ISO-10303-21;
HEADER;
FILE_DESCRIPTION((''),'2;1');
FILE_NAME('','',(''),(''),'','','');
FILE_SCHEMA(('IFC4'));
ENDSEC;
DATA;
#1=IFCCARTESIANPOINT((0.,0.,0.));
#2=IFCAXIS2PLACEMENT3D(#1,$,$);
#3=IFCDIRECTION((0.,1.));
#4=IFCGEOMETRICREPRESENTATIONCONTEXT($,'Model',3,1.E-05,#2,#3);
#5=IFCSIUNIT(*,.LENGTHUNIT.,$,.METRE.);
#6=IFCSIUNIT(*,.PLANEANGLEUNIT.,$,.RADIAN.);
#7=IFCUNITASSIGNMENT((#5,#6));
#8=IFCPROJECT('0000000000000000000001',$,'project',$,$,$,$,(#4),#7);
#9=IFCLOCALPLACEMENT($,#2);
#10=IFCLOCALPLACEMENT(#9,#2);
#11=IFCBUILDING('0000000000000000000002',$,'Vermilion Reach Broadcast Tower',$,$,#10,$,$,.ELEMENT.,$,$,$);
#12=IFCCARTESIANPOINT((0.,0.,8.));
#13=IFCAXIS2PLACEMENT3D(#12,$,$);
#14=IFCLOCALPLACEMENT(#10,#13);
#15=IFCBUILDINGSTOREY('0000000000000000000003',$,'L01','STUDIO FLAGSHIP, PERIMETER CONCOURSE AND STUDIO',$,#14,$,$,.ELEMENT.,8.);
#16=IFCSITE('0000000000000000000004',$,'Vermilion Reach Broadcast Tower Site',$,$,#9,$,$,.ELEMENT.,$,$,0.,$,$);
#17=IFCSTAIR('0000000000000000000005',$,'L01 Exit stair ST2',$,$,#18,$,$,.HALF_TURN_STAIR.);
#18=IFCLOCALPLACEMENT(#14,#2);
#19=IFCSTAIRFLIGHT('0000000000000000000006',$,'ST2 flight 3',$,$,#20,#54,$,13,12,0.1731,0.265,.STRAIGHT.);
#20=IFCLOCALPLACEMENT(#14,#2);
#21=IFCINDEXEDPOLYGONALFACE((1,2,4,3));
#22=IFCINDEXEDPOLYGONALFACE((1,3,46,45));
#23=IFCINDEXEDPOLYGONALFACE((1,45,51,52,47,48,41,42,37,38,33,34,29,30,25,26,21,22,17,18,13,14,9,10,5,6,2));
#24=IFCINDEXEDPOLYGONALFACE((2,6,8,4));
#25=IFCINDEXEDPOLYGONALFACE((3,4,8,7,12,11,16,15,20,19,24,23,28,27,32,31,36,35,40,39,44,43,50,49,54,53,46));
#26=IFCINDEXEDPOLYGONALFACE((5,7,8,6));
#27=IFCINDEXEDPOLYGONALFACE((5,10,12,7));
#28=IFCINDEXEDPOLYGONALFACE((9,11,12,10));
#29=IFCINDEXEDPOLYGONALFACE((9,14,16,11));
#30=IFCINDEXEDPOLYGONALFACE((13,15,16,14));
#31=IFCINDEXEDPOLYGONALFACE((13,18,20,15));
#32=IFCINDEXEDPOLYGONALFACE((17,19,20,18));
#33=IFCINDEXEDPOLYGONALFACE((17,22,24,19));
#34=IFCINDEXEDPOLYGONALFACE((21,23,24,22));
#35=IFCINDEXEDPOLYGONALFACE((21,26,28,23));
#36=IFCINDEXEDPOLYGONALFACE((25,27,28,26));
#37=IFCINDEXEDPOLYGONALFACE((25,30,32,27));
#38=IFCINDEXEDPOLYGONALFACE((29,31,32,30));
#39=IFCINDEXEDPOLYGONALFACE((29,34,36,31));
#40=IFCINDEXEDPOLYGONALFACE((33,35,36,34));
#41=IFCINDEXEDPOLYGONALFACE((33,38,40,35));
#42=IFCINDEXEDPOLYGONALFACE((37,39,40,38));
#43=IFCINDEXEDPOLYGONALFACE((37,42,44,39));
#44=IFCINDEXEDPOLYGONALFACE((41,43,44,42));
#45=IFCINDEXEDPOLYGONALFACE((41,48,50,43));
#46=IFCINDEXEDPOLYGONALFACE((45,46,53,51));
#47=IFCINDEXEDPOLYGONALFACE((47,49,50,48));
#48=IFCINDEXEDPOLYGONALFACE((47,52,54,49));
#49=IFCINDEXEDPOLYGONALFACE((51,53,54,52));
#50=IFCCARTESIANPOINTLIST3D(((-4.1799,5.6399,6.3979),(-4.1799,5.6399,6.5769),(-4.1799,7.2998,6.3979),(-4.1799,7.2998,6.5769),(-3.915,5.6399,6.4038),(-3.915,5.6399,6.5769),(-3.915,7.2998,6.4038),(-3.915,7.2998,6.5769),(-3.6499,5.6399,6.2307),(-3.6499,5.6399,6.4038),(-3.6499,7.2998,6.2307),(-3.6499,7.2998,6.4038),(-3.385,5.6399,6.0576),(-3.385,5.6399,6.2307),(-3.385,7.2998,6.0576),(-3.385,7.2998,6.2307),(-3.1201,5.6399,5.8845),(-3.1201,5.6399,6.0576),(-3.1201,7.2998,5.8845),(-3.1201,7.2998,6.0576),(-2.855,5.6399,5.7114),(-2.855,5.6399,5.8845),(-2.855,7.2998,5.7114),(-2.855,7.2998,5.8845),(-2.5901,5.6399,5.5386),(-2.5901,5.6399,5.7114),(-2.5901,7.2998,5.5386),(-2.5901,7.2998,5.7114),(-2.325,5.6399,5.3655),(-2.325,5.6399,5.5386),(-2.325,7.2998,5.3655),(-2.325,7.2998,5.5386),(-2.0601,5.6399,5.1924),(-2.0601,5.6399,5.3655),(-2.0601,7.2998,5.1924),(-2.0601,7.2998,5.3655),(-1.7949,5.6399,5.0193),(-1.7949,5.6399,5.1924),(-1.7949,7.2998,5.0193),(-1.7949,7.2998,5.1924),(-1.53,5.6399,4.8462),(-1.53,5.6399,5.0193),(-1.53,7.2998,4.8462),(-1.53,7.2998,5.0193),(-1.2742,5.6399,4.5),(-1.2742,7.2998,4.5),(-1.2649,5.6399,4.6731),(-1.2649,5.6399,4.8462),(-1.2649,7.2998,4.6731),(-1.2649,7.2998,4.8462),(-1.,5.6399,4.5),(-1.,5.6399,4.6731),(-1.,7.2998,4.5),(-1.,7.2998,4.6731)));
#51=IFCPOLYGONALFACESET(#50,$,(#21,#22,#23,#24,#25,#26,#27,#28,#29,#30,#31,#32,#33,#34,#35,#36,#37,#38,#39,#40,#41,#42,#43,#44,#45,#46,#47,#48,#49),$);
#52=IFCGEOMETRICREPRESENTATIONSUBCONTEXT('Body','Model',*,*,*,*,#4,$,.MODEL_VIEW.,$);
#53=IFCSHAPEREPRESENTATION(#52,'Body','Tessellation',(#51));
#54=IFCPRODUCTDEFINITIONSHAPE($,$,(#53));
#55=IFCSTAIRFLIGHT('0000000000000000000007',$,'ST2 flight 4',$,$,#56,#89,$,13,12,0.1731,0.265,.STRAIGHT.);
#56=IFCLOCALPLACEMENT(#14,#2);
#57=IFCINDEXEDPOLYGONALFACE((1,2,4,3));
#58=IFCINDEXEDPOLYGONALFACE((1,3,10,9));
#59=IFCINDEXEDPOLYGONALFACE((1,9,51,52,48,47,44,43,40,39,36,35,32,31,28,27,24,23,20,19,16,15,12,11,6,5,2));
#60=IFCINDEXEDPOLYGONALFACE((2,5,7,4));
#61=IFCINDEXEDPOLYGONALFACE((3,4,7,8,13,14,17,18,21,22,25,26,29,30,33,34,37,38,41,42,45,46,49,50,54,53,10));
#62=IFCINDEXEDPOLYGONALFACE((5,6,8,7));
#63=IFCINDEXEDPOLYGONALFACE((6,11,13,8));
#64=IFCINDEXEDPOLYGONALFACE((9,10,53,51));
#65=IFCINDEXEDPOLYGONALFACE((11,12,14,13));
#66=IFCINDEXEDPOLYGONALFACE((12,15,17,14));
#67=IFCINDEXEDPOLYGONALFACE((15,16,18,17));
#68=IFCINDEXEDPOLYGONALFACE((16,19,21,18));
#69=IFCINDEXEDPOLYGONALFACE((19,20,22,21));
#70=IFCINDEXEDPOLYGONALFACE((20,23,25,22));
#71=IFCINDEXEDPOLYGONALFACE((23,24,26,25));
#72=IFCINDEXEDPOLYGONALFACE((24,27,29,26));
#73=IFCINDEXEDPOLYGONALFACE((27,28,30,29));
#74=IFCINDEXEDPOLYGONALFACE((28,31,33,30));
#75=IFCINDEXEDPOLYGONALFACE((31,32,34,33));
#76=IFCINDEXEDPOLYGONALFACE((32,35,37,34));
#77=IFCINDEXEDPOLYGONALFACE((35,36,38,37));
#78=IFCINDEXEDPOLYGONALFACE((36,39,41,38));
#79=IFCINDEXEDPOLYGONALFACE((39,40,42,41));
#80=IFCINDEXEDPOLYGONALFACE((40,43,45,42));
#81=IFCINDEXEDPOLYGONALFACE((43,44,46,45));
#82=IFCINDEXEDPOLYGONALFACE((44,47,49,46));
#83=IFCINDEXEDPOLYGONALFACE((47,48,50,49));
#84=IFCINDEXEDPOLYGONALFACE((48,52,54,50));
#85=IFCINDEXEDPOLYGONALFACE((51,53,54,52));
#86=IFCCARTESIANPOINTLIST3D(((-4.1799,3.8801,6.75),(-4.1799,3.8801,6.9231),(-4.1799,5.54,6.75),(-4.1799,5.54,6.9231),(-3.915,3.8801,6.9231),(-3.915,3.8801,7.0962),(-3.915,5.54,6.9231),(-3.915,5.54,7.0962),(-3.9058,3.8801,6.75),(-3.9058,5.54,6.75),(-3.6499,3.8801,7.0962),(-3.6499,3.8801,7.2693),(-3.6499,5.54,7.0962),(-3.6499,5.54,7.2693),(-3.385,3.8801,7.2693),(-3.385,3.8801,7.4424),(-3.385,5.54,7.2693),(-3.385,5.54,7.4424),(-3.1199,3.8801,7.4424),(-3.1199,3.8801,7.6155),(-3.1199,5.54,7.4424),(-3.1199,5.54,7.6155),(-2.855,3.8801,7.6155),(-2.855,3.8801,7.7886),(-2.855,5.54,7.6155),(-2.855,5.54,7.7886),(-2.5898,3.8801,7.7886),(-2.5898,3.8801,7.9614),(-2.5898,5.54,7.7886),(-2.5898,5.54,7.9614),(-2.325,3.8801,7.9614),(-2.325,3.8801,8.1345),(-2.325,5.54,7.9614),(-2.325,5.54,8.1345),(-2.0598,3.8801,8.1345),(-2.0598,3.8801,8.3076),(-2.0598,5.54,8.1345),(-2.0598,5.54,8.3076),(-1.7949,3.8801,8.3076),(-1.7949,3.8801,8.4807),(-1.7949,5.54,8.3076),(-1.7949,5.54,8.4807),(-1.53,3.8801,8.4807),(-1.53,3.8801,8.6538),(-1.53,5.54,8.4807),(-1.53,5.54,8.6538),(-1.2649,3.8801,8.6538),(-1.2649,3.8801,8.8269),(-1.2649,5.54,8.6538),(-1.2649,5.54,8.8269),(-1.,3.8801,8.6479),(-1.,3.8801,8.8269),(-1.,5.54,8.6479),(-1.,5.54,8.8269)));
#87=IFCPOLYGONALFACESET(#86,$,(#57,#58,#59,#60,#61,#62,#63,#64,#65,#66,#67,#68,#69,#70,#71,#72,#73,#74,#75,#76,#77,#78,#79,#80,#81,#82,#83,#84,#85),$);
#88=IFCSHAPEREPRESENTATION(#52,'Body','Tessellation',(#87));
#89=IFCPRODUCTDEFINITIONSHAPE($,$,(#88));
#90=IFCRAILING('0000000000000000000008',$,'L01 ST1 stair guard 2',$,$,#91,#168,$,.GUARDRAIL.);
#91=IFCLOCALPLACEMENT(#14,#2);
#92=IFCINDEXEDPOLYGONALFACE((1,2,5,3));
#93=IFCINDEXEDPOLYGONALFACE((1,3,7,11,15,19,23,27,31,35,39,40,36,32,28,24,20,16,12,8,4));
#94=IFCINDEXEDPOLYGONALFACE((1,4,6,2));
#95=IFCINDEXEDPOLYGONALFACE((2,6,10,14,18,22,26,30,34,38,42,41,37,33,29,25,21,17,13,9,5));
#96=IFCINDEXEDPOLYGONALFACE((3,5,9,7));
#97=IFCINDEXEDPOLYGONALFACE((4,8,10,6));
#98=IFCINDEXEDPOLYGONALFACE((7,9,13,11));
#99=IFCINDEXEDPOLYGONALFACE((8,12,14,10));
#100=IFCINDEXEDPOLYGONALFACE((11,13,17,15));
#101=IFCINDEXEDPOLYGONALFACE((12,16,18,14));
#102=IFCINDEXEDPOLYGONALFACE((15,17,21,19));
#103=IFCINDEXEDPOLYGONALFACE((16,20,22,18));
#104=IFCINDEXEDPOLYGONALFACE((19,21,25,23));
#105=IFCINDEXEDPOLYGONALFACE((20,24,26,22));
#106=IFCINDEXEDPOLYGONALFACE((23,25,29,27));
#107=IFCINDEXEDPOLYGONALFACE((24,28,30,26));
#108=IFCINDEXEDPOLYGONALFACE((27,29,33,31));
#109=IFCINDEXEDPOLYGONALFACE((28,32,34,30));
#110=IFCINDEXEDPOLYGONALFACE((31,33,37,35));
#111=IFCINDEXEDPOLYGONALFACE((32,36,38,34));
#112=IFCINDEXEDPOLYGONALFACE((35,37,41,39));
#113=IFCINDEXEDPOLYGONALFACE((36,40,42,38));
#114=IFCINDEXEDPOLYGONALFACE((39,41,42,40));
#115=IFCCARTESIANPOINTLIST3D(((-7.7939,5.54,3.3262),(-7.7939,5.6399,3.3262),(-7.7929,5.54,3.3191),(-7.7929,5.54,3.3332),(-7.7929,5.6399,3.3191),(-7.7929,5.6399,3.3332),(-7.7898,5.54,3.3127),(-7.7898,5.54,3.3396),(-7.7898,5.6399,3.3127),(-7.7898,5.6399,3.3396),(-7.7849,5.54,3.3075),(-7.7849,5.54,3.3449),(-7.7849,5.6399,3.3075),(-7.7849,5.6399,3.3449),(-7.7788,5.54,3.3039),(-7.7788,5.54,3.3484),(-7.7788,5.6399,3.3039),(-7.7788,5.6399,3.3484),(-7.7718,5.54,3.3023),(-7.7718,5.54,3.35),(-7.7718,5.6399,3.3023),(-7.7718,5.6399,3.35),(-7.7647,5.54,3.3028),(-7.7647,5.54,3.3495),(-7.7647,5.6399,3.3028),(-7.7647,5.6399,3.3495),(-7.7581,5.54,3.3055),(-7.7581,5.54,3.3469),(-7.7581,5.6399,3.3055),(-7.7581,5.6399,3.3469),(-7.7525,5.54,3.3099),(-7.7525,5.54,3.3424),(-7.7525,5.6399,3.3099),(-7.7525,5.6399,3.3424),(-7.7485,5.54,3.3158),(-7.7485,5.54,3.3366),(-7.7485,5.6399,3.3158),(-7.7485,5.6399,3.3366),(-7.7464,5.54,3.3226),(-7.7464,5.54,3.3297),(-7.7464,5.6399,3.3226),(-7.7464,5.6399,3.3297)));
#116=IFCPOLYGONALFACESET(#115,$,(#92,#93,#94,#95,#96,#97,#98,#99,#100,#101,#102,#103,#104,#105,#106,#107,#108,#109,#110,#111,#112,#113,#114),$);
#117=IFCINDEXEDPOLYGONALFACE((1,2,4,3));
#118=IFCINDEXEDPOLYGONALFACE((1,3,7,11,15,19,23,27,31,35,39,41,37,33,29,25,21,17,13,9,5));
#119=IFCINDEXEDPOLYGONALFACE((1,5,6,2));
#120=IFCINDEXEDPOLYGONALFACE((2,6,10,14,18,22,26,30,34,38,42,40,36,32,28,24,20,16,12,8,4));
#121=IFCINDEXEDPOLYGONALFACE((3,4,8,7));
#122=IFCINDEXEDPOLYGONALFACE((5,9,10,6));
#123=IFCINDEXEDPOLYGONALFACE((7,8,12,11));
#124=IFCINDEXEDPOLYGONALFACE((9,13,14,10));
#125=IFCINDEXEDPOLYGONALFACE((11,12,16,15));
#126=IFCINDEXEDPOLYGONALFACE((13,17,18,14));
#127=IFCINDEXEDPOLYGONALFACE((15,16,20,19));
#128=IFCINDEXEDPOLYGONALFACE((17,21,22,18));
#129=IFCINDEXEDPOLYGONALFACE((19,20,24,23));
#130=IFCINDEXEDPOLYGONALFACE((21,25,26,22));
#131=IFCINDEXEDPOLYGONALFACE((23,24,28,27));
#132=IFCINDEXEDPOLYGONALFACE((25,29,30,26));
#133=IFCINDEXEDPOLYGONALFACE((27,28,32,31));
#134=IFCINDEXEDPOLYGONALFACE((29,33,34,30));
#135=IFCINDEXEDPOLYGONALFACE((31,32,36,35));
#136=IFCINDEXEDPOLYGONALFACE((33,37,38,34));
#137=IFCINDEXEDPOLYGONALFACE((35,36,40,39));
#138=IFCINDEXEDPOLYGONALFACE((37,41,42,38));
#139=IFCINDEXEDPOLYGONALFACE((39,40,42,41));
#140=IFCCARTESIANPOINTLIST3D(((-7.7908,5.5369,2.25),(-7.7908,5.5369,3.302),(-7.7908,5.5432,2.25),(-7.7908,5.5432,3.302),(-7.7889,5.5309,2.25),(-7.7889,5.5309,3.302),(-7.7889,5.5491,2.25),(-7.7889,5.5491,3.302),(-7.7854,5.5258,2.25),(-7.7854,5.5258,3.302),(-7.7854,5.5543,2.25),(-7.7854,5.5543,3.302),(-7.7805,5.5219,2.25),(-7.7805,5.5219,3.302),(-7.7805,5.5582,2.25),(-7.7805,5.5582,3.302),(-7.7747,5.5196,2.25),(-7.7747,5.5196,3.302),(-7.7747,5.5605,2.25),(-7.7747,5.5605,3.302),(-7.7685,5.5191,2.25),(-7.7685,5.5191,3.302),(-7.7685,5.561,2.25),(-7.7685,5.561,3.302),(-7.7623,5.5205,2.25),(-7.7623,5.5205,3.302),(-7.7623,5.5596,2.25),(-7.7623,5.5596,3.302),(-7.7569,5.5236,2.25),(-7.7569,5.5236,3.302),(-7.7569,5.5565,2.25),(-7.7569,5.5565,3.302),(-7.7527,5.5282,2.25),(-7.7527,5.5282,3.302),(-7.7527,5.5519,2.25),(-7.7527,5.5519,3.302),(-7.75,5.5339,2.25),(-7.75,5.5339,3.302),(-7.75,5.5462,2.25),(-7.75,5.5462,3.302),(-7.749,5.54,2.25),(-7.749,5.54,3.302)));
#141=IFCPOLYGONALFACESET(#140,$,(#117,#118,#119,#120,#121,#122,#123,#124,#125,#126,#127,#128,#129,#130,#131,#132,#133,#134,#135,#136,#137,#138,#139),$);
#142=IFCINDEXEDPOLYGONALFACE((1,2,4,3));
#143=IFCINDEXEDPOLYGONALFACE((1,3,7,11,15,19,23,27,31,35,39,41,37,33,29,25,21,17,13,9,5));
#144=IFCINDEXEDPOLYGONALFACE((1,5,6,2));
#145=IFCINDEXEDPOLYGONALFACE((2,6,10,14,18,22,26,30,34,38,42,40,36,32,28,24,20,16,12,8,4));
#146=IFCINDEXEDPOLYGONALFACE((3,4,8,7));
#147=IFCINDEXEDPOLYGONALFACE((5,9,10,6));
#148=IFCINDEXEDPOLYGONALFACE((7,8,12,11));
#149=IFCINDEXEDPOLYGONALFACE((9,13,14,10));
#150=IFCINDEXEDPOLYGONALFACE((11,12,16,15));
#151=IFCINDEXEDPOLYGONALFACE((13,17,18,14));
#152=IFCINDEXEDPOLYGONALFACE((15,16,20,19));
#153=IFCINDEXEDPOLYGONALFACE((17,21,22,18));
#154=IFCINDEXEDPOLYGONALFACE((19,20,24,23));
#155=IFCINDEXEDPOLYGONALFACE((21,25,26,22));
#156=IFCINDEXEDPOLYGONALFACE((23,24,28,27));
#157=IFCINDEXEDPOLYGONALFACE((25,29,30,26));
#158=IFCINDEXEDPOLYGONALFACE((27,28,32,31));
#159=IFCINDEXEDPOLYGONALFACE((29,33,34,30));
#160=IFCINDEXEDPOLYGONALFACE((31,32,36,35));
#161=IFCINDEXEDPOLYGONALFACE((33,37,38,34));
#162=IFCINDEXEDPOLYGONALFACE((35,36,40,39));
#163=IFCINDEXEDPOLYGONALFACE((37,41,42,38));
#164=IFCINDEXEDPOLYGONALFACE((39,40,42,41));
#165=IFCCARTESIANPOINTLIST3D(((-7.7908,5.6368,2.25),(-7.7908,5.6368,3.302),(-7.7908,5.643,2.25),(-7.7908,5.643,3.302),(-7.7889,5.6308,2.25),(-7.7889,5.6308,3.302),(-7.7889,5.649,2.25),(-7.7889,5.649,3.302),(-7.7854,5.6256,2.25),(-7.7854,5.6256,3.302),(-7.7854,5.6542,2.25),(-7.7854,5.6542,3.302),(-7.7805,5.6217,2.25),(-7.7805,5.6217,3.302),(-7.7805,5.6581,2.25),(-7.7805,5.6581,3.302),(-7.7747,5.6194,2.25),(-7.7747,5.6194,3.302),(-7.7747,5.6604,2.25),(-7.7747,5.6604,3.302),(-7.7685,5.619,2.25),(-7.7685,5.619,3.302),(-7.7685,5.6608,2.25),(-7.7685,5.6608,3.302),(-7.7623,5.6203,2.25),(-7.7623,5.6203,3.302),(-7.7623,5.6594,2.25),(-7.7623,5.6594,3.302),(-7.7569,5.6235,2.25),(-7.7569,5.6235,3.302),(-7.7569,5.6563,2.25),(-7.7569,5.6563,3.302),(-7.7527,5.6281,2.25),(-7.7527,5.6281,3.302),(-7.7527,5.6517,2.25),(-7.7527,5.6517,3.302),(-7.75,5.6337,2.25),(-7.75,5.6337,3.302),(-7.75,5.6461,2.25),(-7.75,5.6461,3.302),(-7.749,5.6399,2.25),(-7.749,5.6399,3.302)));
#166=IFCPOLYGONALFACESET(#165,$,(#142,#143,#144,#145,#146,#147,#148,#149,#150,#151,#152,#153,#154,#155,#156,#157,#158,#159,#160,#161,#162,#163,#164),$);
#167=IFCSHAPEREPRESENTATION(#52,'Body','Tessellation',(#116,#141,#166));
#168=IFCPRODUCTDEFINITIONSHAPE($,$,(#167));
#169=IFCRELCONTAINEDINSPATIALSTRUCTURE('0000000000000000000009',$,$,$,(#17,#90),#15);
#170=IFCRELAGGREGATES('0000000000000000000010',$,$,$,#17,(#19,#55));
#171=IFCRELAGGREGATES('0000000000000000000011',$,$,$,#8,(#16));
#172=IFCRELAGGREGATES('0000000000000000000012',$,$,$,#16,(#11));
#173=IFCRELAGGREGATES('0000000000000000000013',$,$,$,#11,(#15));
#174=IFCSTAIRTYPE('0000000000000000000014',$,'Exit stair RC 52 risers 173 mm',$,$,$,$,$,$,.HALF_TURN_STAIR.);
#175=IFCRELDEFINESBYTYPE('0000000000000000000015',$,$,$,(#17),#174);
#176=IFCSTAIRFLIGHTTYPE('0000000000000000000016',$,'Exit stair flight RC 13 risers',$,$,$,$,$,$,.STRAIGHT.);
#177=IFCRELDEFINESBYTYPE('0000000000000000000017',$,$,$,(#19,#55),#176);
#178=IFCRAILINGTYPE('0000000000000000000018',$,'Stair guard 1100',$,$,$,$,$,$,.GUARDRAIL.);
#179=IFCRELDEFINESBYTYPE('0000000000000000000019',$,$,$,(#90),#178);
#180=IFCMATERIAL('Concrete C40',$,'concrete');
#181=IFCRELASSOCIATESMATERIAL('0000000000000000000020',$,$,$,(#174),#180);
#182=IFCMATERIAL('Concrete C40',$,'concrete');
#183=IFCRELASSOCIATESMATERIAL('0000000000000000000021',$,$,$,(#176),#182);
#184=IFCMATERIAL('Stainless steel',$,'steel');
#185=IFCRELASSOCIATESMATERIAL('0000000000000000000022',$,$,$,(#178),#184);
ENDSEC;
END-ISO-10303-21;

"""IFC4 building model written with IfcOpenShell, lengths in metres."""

from ifc_helpers import new_model, si_unit, direction, frame, origin, origin_2d, place, context, subcontext, project, spatial, polyline, circle, outline, extrude, material, type_object, element, aggregate, save


model = new_model("IFC4")

# Units and contexts
model_context = context("Model", 3, precision=1e-05, world=origin(), true_north=direction((0.0, 1.0)))
body_context = subcontext(model_context, "Body", "Model", "MODEL_VIEW")
ifc_project = project(units=[si_unit("LENGTHUNIT", "METRE"), si_unit("PLANEANGLEUNIT", "RADIAN")], contexts=[model_context])

# Site, building, storey
site_placement = place(None, origin())
site = spatial("IfcSite", under=ifc_project, at=site_placement, Name="Vermilion Reach Broadcast Tower Site", CompositionType="ELEMENT", RefElevation=0.0)
building_placement = place(site_placement, origin())
building = spatial("IfcBuilding", under=site, at=building_placement, Name="Vermilion Reach Broadcast Tower", CompositionType="ELEMENT")
storey_placement = place(building_placement, frame((0.0, 0.0, 8.0)))
storey = spatial("IfcBuildingStorey", under=building, at=storey_placement, Name="L01", Description="STUDIO FLAGSHIP, PERIMETER CONCOURSE AND STUDIO", CompositionType="ELEMENT", Elevation=8.0)

# Stair, stair flights
ifc_material_1 = material(Name="Concrete C40", Category="concrete")
stair_type = type_object("IfcStairType", Name="Exit stair RC 52 risers 173 mm", PredefinedType="HALF_TURN_STAIR", material=ifc_material_1)
placement = place(storey_placement, origin())
ifc_material_2 = material(Name="Concrete C40", Category="concrete")
stair_flight_type = type_object("IfcStairFlightType", Name="Exit stair flight RC 13 risers", PredefinedType="STRAIGHT", material=ifc_material_2)
stair_1 = element("IfcStair", 1, at=placement, inside=storey, type_object=stair_type, Name="L01 Exit stair ST2", PredefinedType="HALF_TURN_STAIR")
stair_flight_1_placement = place(storey_placement, frame((-1.0, 6.47, 4.5), z_axis=(0.0, 0.0, 1.0), x_axis=(-1.0, 0.0, 0.0)))
stair_flight_1 = element("IfcStairFlight", 2, at=stair_flight_1_placement, type_object=stair_flight_type, Name="ST2 flight 3", NumberOfRisers=13, NumberOfTreads=12, PredefinedType="STRAIGHT", RiserHeight=0.1731, TreadLength=0.265, context=body_context, shape_type="SweptSolid", body=[
    extrude(outline(polyline([(0.0, 0.0), (0.0, 0.1731), (0.2649, 0.1731), (0.2649, 0.3462), (0.53, 0.3462), (0.53, 0.5193), (0.7949, 0.5193), (0.7949, 0.6924), (1.0601, 0.6924), (1.0601, 0.8655), (1.325, 0.8655), (1.325, 1.0386), (1.5901, 1.0386), (1.5901, 1.2114), (1.855, 1.2114), (1.855, 1.3845), (2.1201, 1.3845), (2.1201, 1.5576), (2.385, 1.5576), (2.385, 1.7307), (2.6499, 1.7307), (2.6499, 1.9038), (2.915, 1.9038), (2.915, 2.0769), (3.1799, 2.0769), (3.1799, 2.25), (3.1799, 1.8979), (0.2742, 0.0), (0.0, 0.0)])), frame((0.0, 0.8301, 0.0), z_axis=(0.0, -1.0, 0.0), x_axis=(1.0, 0.0, 0.0)), (0.0, 0.0, 1.0), 1.6599),
])
stair_flight_2_placement = place(storey_placement, frame((-4.1799, 4.71, 6.75), z_axis=(0.0, 0.0, 1.0), x_axis=(1.0, 0.0, 0.0)))
stair_flight_2 = element("IfcStairFlight", 3, at=stair_flight_2_placement, type_object=stair_flight_type, Name="ST2 flight 4", NumberOfRisers=13, NumberOfTreads=12, PredefinedType="STRAIGHT", RiserHeight=0.1731, TreadLength=0.265, context=body_context, shape_type="SweptSolid", body=[
    extrude(outline(polyline([(0.0, 0.0), (0.0, 0.1731), (0.2649, 0.1731), (0.2649, 0.3462), (0.53, 0.3462), (0.53, 0.5193), (0.7949, 0.5193), (0.7949, 0.6924), (1.0601, 0.6924), (1.0601, 0.8655), (1.325, 0.8655), (1.325, 1.0386), (1.5901, 1.0386), (1.5901, 1.2114), (1.855, 1.2114), (1.855, 1.3845), (2.1201, 1.3845), (2.1201, 1.5576), (2.385, 1.5576), (2.385, 1.7307), (2.6499, 1.7307), (2.6499, 1.9038), (2.915, 1.9038), (2.915, 2.0769), (3.1799, 2.0769), (3.1799, 2.25), (3.1799, 1.8979), (0.2742, 0.0), (0.0, 0.0)])), frame((0.0, 0.8301, 0.0), z_axis=(0.0, -1.0, 0.0), x_axis=(1.0, 0.0, 0.0)), (0.0, 0.0, 1.0), 1.6599),
])
aggregate(stair_1, [stair_flight_1, stair_flight_2])

# Railing
ifc_material_3 = material(Name="Stainless steel", Category="steel")
railing_type_1 = type_object("IfcRailingType", Name="Stair guard 1100", PredefinedType="GUARDRAIL", material=ifc_material_3)
for number, where, name in (
    (4, (-7.77, 5.54, 2.25), "L01 ST1 stair guard 2"),
):
    element("IfcRailing", number, at=place(storey_placement, frame(where)), inside=storey, type_object=railing_type_1, Name=name, PredefinedType="GUARDRAIL", context=body_context, shape_type="SweptSolid", body=[
        extrude(circle(Radius=0.0239, at=origin_2d()), frame((0.0, 0.0, 1.0762), z_axis=(0.0, 1.0, 0.0), x_axis=(-1.0, 0.0, 0.0)), (0.0, 0.0, 1.0), 0.0999),
        extrude(circle(Radius=0.021, at=origin_2d()), origin(), (0.0, 0.0, 1.0), 1.052),
        extrude(circle(Radius=0.021, at=origin_2d()), frame((0.0, 0.0999, 0.0)), (0.0, 0.0, 1.0), 1.052),
    ])

save(model, "model.ifc")
